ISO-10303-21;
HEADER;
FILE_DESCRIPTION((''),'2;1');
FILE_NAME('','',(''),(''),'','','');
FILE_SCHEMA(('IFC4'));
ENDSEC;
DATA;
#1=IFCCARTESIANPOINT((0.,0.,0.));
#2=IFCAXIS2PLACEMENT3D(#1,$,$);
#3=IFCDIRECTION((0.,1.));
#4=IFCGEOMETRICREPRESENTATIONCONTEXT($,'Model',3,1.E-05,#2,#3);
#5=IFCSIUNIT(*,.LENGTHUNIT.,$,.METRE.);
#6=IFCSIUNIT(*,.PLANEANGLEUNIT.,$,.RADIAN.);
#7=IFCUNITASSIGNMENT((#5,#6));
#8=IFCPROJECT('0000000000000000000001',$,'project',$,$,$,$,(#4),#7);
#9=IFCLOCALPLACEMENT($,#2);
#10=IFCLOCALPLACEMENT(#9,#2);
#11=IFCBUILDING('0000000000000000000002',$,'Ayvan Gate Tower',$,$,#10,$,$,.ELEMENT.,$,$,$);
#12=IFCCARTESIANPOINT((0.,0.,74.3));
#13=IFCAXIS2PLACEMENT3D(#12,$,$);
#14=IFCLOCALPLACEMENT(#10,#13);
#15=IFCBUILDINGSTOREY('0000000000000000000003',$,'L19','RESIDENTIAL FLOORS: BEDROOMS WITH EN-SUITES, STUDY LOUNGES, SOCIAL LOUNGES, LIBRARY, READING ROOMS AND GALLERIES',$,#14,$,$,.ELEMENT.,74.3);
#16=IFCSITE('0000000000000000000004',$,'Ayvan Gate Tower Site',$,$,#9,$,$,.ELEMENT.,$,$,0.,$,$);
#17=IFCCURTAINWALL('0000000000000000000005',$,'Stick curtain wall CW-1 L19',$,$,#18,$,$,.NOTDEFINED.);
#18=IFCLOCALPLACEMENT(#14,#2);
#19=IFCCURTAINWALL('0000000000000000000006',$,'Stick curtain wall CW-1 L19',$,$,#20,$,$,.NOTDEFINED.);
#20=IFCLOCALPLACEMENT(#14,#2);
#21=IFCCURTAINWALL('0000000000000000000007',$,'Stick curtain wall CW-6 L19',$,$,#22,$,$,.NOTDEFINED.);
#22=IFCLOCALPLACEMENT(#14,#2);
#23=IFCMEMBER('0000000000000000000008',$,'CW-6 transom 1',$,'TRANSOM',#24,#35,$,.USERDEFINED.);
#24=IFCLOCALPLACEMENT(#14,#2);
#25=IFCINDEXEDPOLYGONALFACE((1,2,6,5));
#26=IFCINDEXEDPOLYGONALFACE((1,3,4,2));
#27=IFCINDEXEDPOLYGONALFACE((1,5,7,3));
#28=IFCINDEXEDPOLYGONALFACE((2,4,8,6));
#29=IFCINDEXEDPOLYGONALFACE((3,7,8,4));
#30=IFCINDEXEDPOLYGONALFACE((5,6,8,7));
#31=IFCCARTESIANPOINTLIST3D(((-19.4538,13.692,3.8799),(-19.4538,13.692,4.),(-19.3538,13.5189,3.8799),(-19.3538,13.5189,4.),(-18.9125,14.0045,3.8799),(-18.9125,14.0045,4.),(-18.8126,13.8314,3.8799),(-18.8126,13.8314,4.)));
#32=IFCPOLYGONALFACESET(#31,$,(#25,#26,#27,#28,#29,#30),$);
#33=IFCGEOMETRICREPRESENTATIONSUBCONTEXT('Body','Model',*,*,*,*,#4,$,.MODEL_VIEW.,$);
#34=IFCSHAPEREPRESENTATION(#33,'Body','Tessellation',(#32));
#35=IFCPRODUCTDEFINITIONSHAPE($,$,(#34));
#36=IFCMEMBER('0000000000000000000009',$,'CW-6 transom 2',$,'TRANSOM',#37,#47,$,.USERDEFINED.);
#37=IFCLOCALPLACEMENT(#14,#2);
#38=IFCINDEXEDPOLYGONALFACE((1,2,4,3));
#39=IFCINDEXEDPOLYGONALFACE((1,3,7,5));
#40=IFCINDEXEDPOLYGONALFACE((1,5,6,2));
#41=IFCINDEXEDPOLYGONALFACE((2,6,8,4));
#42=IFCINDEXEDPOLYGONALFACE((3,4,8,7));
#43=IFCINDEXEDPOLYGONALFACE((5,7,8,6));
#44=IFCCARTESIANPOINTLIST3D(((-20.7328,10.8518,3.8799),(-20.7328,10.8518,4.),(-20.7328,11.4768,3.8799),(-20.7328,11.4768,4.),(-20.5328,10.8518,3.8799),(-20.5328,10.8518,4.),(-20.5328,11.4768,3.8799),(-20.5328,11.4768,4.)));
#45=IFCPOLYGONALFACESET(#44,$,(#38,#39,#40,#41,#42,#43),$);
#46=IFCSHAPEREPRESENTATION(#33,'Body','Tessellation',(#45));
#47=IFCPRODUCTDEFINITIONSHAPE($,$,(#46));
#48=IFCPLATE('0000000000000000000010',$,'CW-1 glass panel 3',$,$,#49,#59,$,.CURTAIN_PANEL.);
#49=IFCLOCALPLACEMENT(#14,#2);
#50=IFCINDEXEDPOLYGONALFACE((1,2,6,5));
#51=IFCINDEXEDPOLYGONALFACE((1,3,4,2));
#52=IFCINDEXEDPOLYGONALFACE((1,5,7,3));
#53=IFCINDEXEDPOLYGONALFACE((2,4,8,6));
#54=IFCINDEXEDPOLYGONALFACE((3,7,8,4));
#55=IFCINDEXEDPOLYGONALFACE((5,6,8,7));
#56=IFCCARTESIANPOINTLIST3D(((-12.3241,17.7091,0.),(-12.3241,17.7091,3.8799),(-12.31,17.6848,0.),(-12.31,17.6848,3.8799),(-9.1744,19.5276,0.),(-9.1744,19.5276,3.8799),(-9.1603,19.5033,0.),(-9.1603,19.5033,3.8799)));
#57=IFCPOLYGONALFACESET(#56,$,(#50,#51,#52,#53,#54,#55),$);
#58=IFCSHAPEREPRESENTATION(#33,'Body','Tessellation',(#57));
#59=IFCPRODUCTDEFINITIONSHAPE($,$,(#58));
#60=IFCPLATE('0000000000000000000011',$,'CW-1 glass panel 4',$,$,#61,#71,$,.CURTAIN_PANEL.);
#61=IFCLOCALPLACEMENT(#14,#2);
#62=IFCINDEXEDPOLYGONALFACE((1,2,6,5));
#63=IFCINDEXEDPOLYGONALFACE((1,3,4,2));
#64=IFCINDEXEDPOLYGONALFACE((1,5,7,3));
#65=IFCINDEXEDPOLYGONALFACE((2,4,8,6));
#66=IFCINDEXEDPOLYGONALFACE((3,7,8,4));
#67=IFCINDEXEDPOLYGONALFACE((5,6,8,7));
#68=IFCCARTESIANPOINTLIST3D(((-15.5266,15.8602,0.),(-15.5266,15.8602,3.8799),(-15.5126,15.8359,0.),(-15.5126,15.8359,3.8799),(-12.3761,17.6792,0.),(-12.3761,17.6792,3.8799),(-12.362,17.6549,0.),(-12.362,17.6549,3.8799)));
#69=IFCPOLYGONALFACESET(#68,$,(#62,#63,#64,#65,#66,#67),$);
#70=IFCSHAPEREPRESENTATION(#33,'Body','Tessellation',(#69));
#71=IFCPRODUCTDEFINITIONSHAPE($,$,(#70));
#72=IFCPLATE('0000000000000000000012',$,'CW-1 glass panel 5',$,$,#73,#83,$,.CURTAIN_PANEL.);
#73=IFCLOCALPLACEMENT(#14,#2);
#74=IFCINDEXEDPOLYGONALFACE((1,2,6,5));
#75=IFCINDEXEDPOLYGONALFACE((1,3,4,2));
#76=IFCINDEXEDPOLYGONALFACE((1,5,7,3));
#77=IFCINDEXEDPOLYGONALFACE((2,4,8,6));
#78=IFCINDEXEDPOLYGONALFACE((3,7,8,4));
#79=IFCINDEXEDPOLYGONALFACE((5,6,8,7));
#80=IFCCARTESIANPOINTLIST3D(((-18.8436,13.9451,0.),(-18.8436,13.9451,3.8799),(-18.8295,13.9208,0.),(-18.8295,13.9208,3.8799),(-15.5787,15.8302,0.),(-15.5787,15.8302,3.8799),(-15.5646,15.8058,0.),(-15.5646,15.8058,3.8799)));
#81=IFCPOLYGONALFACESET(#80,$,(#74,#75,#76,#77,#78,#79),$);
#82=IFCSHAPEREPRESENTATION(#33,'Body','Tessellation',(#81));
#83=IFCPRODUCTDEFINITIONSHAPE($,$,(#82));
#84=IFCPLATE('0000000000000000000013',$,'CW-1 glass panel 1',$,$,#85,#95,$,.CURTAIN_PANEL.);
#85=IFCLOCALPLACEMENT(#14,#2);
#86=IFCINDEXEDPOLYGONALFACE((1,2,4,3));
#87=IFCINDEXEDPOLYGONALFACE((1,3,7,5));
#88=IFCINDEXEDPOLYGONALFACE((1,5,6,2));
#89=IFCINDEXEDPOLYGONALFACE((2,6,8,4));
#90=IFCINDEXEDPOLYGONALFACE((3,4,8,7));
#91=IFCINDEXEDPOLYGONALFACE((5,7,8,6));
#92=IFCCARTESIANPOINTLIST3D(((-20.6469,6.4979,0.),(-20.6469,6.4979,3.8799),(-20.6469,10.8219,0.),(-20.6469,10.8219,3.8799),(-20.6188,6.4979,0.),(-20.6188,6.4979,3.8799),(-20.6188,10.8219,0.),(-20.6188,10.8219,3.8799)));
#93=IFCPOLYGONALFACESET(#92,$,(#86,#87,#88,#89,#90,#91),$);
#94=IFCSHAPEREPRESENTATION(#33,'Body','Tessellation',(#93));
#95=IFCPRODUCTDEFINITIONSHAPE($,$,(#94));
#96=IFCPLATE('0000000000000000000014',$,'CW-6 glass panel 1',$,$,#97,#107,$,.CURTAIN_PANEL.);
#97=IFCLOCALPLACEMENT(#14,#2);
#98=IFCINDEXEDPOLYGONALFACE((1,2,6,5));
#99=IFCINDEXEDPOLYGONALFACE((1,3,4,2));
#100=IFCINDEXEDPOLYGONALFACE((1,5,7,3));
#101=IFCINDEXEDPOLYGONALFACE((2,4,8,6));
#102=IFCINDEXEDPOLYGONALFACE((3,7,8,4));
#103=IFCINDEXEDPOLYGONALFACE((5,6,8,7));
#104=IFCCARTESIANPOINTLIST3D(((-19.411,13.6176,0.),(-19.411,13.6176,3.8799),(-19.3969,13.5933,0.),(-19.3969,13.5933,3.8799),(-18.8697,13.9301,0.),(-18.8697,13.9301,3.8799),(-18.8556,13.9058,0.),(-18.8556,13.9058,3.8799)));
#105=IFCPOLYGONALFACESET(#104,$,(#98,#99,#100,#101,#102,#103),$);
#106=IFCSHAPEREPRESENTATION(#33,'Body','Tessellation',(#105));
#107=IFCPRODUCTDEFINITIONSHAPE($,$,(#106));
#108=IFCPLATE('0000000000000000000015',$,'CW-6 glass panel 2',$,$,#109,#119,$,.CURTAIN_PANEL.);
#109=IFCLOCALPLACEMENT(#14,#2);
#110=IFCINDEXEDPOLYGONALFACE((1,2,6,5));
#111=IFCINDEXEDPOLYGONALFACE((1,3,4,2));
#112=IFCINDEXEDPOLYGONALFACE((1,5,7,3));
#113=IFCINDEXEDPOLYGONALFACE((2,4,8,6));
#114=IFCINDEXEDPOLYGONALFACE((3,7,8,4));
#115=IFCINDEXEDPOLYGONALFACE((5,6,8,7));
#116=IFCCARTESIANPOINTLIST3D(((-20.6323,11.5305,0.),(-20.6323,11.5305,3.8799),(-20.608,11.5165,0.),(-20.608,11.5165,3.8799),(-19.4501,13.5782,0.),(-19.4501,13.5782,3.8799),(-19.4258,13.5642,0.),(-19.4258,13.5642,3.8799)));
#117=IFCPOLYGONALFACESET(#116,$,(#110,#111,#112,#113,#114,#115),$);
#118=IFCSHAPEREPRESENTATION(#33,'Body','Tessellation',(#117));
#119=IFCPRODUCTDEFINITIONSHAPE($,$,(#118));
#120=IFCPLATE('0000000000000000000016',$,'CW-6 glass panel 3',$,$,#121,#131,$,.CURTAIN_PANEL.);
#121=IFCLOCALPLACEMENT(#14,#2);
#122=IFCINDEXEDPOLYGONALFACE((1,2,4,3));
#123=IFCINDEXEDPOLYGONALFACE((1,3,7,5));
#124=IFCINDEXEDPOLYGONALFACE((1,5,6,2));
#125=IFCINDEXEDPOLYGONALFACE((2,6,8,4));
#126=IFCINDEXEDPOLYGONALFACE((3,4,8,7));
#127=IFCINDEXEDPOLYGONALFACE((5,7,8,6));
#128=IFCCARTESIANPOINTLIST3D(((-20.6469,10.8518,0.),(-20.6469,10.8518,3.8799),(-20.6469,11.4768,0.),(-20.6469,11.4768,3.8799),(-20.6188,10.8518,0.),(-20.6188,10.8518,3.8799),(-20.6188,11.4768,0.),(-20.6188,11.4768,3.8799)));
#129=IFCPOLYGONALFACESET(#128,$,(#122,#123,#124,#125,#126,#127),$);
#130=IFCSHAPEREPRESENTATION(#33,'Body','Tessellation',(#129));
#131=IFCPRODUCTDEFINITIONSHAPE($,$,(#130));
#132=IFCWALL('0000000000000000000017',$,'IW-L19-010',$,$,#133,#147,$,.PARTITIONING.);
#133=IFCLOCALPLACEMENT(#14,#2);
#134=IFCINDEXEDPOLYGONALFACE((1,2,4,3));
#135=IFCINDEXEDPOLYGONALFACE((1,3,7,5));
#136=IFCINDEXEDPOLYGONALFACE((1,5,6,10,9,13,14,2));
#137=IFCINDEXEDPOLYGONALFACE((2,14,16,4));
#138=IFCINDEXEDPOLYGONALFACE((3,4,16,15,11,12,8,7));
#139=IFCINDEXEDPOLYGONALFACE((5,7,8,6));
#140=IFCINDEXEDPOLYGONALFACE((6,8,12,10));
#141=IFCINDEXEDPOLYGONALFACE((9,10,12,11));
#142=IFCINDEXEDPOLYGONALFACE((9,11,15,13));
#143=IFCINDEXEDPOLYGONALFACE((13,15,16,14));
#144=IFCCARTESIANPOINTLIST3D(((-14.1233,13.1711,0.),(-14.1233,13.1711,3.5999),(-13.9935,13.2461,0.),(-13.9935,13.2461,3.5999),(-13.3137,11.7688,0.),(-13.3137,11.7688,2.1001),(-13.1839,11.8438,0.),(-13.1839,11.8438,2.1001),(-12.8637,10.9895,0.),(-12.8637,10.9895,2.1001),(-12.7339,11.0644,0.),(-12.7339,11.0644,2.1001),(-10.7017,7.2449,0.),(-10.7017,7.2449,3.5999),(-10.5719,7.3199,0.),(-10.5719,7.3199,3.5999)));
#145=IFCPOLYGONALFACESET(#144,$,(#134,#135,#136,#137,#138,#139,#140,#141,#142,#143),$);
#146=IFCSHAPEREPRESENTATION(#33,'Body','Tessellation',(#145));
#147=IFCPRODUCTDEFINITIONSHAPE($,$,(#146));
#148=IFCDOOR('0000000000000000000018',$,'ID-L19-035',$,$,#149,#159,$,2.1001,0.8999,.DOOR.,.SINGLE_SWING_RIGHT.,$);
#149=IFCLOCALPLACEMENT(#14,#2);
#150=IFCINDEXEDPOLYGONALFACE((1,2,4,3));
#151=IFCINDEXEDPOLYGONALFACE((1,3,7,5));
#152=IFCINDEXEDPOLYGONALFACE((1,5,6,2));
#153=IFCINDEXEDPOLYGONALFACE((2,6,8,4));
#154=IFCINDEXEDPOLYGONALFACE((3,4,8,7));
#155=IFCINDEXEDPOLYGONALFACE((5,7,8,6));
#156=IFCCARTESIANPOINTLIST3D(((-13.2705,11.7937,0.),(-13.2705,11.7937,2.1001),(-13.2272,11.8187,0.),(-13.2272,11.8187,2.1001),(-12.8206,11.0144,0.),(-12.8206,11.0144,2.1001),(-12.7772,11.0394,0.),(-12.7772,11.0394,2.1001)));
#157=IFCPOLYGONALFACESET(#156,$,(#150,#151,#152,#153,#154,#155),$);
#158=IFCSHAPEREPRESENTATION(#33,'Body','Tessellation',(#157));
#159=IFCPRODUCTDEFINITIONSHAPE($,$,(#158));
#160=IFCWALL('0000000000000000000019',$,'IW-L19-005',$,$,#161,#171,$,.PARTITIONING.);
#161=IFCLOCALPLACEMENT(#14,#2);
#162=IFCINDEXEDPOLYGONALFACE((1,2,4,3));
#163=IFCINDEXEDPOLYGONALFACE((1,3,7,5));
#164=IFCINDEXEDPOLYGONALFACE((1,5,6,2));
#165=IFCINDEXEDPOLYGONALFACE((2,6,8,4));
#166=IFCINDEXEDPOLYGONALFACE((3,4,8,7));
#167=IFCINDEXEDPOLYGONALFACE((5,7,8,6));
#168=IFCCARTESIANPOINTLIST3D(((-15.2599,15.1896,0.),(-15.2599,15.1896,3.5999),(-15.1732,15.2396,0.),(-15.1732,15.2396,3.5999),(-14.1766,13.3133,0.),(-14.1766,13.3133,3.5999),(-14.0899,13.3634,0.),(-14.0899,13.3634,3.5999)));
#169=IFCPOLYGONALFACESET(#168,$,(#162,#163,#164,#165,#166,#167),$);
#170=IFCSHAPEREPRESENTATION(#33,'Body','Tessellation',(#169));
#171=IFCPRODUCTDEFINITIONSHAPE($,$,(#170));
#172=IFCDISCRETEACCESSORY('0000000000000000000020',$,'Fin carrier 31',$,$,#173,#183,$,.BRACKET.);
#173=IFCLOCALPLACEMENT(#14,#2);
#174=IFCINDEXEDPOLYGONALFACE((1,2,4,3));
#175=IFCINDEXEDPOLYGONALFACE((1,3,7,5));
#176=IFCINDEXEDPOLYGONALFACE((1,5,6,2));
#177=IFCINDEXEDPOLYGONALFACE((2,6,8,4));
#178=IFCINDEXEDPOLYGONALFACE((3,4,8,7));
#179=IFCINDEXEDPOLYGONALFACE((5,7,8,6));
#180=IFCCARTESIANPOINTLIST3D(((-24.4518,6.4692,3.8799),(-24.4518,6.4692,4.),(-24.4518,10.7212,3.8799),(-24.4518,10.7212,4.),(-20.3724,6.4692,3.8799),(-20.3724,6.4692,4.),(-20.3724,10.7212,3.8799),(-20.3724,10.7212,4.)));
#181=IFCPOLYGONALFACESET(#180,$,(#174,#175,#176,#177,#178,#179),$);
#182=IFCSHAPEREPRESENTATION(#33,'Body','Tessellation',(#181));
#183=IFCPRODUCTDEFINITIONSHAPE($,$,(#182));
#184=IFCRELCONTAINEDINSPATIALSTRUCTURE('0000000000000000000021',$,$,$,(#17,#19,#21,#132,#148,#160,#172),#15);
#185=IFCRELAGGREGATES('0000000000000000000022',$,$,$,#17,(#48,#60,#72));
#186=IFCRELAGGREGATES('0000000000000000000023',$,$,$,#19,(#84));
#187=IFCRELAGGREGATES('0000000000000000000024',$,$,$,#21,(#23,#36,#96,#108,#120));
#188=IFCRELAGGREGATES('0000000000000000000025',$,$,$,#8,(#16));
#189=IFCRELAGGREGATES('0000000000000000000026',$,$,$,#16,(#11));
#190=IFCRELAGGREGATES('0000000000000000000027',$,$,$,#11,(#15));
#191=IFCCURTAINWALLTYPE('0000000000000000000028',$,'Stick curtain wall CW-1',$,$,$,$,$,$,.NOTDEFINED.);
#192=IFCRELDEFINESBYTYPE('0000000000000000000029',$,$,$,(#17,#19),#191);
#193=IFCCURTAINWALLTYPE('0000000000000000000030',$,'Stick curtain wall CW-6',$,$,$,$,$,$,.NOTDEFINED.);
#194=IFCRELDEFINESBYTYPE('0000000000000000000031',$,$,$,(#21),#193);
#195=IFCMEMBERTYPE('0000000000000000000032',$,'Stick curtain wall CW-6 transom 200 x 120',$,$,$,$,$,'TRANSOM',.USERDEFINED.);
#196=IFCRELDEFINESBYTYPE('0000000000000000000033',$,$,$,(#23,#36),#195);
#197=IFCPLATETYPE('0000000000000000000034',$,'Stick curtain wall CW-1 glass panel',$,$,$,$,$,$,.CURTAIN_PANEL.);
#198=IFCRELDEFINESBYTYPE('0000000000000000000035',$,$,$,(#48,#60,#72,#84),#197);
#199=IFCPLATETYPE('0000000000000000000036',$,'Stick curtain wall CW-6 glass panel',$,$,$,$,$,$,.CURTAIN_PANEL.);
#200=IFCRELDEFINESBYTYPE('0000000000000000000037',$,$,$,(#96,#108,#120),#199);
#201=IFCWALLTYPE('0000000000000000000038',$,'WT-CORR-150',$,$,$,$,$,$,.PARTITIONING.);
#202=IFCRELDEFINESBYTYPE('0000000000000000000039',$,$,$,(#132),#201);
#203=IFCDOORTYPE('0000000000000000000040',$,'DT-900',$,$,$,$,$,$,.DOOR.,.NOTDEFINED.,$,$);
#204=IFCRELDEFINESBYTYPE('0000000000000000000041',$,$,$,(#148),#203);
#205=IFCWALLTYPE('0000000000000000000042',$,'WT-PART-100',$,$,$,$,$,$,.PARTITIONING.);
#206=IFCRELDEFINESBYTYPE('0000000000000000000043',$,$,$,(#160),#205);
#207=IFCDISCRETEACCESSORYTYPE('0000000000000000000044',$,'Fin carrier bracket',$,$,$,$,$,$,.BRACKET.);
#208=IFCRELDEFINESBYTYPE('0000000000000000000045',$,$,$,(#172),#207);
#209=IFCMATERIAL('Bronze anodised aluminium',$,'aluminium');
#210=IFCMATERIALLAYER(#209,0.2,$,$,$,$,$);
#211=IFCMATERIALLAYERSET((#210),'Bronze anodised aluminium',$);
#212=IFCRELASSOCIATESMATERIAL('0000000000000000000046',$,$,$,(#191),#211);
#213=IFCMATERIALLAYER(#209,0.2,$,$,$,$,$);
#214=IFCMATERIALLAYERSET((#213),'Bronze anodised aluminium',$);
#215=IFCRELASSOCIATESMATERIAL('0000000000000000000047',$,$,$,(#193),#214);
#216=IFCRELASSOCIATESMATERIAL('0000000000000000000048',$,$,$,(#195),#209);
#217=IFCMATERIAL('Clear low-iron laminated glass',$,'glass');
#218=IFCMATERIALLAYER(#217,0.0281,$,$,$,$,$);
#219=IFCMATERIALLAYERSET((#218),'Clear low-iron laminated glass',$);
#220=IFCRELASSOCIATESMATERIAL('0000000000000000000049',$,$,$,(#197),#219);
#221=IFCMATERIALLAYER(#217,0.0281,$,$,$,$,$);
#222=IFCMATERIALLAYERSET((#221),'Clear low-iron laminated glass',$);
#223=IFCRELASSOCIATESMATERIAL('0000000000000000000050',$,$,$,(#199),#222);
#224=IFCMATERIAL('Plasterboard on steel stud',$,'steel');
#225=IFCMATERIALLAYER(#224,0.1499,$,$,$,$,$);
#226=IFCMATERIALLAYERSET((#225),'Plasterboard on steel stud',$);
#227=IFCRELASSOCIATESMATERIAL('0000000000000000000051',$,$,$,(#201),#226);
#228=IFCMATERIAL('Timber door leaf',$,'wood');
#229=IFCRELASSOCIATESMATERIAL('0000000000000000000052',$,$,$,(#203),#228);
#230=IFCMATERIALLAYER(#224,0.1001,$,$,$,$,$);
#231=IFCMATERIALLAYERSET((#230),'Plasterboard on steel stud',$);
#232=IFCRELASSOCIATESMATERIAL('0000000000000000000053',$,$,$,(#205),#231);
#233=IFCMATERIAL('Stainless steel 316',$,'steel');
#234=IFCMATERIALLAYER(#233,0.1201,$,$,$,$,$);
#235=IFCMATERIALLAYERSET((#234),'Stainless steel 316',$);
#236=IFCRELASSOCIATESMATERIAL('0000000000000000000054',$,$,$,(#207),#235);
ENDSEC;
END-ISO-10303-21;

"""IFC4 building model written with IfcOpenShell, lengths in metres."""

from ifc_helpers import new_model, si_unit, direction, frame, frame_2d, origin, origin_2d, place, context, subcontext, project, spatial, rectangle, extrude, material, layer, layer_set, material_profile, profile_set, type_object, element, fill, aggregate, save


model = new_model("IFC4")

# Units and contexts
model_context = context("Model", 3, precision=1e-05, world=origin(), true_north=direction((0.0, 1.0)))
body_context = subcontext(model_context, "Body", "Model", "MODEL_VIEW")
ifc_project = project(units=[si_unit("LENGTHUNIT", "METRE"), si_unit("PLANEANGLEUNIT", "RADIAN")], contexts=[model_context])

# Site, building, storey
site_placement = place(None, origin())
site = spatial("IfcSite", under=ifc_project, at=site_placement, Name="Ayvan Gate Tower Site", CompositionType="ELEMENT", RefElevation=0.0)
building_placement = place(site_placement, origin())
building = spatial("IfcBuilding", under=site, at=building_placement, Name="Ayvan Gate Tower", CompositionType="ELEMENT")
storey_placement = place(building_placement, frame((0.0, 0.0, 74.3)))
storey = spatial("IfcBuildingStorey", under=building, at=storey_placement, Name="L19", Description="RESIDENTIAL FLOORS: BEDROOMS WITH EN-SUITES, STUDY LOUNGES, SOCIAL LOUNGES, LIBRARY, READING ROOMS AND GALLERIES", CompositionType="ELEMENT", Elevation=74.3)

# Curtain wall
ifc_material_1 = material(Name="Bronze anodised aluminium", Category="aluminium")
ifc_layer_1 = layer(ifc_material_1, 0.2)
ifc_layer_set_1 = layer_set([ifc_layer_1], Name="Bronze anodised aluminium")
curtain_wall_type_1 = type_object("IfcCurtainWallType", Name="Stick curtain wall CW-1", PredefinedType="NOTDEFINED", material=ifc_layer_set_1)
curtain_wall_1_placement = place(storey_placement, origin())
curtain_wall_1 = element("IfcCurtainWall", 1, at=curtain_wall_1_placement, inside=storey, type_object=curtain_wall_type_1, Name="Stick curtain wall CW-1 L19", PredefinedType="NOTDEFINED")

# Curtain wall
curtain_wall_2_placement = place(storey_placement, origin())
curtain_wall_2 = element("IfcCurtainWall", 2, at=curtain_wall_2_placement, inside=storey, type_object=curtain_wall_type_1, Name="Stick curtain wall CW-1 L19", PredefinedType="NOTDEFINED")

# Curtain wall, members
ifc_layer_2 = layer(ifc_material_1, 0.2)
ifc_layer_set_2 = layer_set([ifc_layer_2], Name="Bronze anodised aluminium")
curtain_wall_type_2 = type_object("IfcCurtainWallType", Name="Stick curtain wall CW-6", PredefinedType="NOTDEFINED", material=ifc_layer_set_2)
curtain_wall_3_placement = place(storey_placement, origin())
curtain_wall_3 = element("IfcCurtainWall", 3, at=curtain_wall_3_placement, inside=storey, type_object=curtain_wall_type_2, Name="Stick curtain wall CW-6 L19", PredefinedType="NOTDEFINED")
ifc_material_profile_1 = material_profile(ifc_material_1, rectangle(XDim=0.2, YDim=0.1201, at=origin_2d()), Name="Stick curtain wall CW-6 transom 200 x 120")
ifc_profile_set_1 = profile_set([ifc_material_profile_1], Name="Bronze anodised aluminium")
member_type_1 = type_object("IfcMemberType", Name="Stick curtain wall CW-6 transom 200 x 120", ElementType="TRANSOM", PredefinedType="USERDEFINED", material=ifc_profile_set_1)
member_1_placement = place(storey_placement, frame((-18.8625, 13.918, 3.9399), z_axis=(-0.866023, -0.500004, 0.0), x_axis=(0.500004, -0.866023, 0.0)))
member_1 = element("IfcMember", 4, at=member_1_placement, type_object=member_type_1, Name="CW-6 transom 1", ObjectType="TRANSOM", PredefinedType="USERDEFINED", context=body_context, shape_type="SweptSolid", body=[
    extrude(rectangle(XDim=0.2, YDim=0.1201, at=origin_2d()), origin(), (0.0, 0.0, 1.0), 0.625),
])
member_2_placement = place(storey_placement, frame((-20.6328, 11.4768, 3.9399), z_axis=(0.0, -1.0, 0.0), x_axis=(1.0, 0.0, 0.0)))
member_2 = element("IfcMember", 5, at=member_2_placement, type_object=member_type_1, Name="CW-6 transom 2", ObjectType="TRANSOM", PredefinedType="USERDEFINED", context=body_context, shape_type="SweptSolid", body=[
    extrude(rectangle(XDim=0.2, YDim=0.1201, at=origin_2d()), origin(), (0.0, 0.0, 1.0), 0.625),
])

# Plates
ifc_material_2 = material(Name="Clear low-iron laminated glass", Category="glass")
ifc_layer_3 = layer(ifc_material_2, 0.0281)
ifc_layer_set_3 = layer_set([ifc_layer_3], Name="Clear low-iron laminated glass")
plate_type_1 = type_object("IfcPlateType", Name="Stick curtain wall CW-1 glass panel", PredefinedType="CURTAIN_PANEL", material=ifc_layer_set_3)
plate_1_placement = place(storey_placement, frame((-10.7422, 18.6062, 0.0), z_axis=(0.0, 0.0, 1.0), x_axis=(-0.866025, -0.5, 0.0)))
plate_1 = element("IfcPlate", 6, at=plate_1_placement, type_object=plate_type_1, Name="CW-1 glass panel 3", PredefinedType="CURTAIN_PANEL", context=body_context, shape_type="SweptSolid", body=[
    extrude(rectangle(XDim=3.637, YDim=0.0281, at=origin_2d()), origin(), (0.0, 0.0, 1.0), 3.8799),
])
plate_2_placement = place(storey_placement, frame((-13.9443, 16.7576, 0.0), z_axis=(0.0, 0.0, 1.0), x_axis=(-0.866025, -0.5, 0.0)))
plate_2 = element("IfcPlate", 7, at=plate_2_placement, type_object=plate_type_1, Name="CW-1 glass panel 4", PredefinedType="CURTAIN_PANEL", context=body_context, shape_type="SweptSolid", body=[
    extrude(rectangle(XDim=3.6379, YDim=0.0281, at=origin_2d()), origin(), (0.0, 0.0, 1.0), 3.8799),
])
plate_3_placement = place(storey_placement, frame((-17.2041, 14.8755, 0.0), z_axis=(0.0, 0.0, 1.0), x_axis=(-0.866025, -0.5, 0.0)))
plate_3 = element("IfcPlate", 8, at=plate_3_placement, type_object=plate_type_1, Name="CW-1 glass panel 5", PredefinedType="CURTAIN_PANEL", context=body_context, shape_type="SweptSolid", body=[
    extrude(rectangle(XDim=3.77, YDim=0.0281, at=origin_2d()), origin(), (0.0, 0.0, 1.0), 3.8799),
])
aggregate(curtain_wall_1, [plate_1, plate_2, plate_3])
plate_4_placement = place(storey_placement, frame((-20.6328, 8.6599, 0.0), z_axis=(0.0, 0.0, 1.0), x_axis=(0.0, -1.0, 0.0)))
plate_4 = element("IfcPlate", 9, at=plate_4_placement, type_object=plate_type_1, Name="CW-1 glass panel 1", PredefinedType="CURTAIN_PANEL", context=body_context, shape_type="SweptSolid", body=[
    extrude(rectangle(XDim=4.324, YDim=0.0281, at=origin_2d()), origin(), (0.0, 0.0, 1.0), 3.8799),
])
aggregate(curtain_wall_2, [plate_4])
ifc_layer_4 = layer(ifc_material_2, 0.0281)
ifc_layer_set_4 = layer_set([ifc_layer_4], Name="Clear low-iron laminated glass")
plate_type_2 = type_object("IfcPlateType", Name="Stick curtain wall CW-6 glass panel", PredefinedType="CURTAIN_PANEL", material=ifc_layer_set_4)
plate_5_placement = place(storey_placement, frame((-19.1333, 13.7617, 0.0), z_axis=(0.0, 0.0, 1.0), x_axis=(-0.866025, -0.5, 0.0)))
plate_5 = element("IfcPlate", 10, at=plate_5_placement, type_object=plate_type_2, Name="CW-6 glass panel 1", PredefinedType="CURTAIN_PANEL", context=body_context, shape_type="SweptSolid", body=[
    extrude(rectangle(XDim=0.625, YDim=0.0281, at=origin_2d()), origin(), (0.0, 0.0, 1.0), 3.8799),
])
plate_6_placement = place(storey_placement, frame((-20.0291, 12.5474, 0.0), z_axis=(0.0, 0.0, 1.0), x_axis=(-0.5, -0.866025, 0.0)))
plate_6 = element("IfcPlate", 11, at=plate_6_placement, type_object=plate_type_2, Name="CW-6 glass panel 2", PredefinedType="CURTAIN_PANEL", context=body_context, shape_type="SweptSolid", body=[
    extrude(rectangle(XDim=2.3645, YDim=0.0281, at=origin_2d()), origin(), (0.0, 0.0, 1.0), 3.8799),
])
plate_7_placement = place(storey_placement, frame((-20.6328, 11.1643, 0.0), z_axis=(0.0, 0.0, 1.0), x_axis=(0.0, -1.0, 0.0)))
plate_7 = element("IfcPlate", 12, at=plate_7_placement, type_object=plate_type_2, Name="CW-6 glass panel 3", PredefinedType="CURTAIN_PANEL", context=body_context, shape_type="SweptSolid", body=[
    extrude(rectangle(XDim=0.625, YDim=0.0281, at=origin_2d()), origin(), (0.0, 0.0, 1.0), 3.8799),
])
aggregate(curtain_wall_3, [member_1, member_2, plate_5, plate_6, plate_7])

# Wall, opening, door
ifc_material_3 = material(Name="Plasterboard on steel stud", Category="steel")
ifc_layer_5 = layer(ifc_material_3, 0.1499)
ifc_layer_set_5 = layer_set([ifc_layer_5], Name="Plasterboard on steel stud")
wall_type_1 = type_object("IfcWallType", Name="WT-CORR-150", PredefinedType="PARTITIONING", material=ifc_layer_set_5)
wall_1_placement = place(storey_placement, frame((-14.0583, 13.2085, 0.0), z_axis=(0.0, 0.0, 1.0), x_axis=(0.500011, -0.866019, 0.0)))
wall_1 = element("IfcWall", 13, at=wall_1_placement, inside=storey, type_object=wall_type_1, Name="IW-L19-010", PredefinedType="PARTITIONING", context=body_context, shape_type="SweptSolid", body=[
    extrude(rectangle(XDim=6.843, YDim=0.1499, at=frame_2d((3.4214, 0.0))), origin(), (0.0, 0.0, 1.0), 3.5999),
])
opening_placement = place(wall_1_placement, frame((1.6191, 0.0, 0.0)))
opening = element("IfcOpeningElement", 14, at=opening_placement, cuts=wall_1, PredefinedType="OPENING", context=body_context, shape_type="SweptSolid", body=[
    extrude(rectangle(XDim=0.8999, YDim=2.1001, at=frame_2d((0.45, 1.05))), frame((0.0, 0.085, 0.0), z_axis=(0.0, -1.0, 0.0), x_axis=(1.0, 0.0, 0.0)), (0.0, 0.0, 1.0), 0.1699),
])
ifc_material_4 = material(Name="Timber door leaf", Category="wood")
door_type = type_object("IfcDoorType", Name="DT-900", OperationType="NOTDEFINED", PredefinedType="DOOR", material=ifc_material_4)
door_placement = place(opening_placement, origin())
door = element("IfcDoor", 15, at=door_placement, inside=storey, type_object=door_type, Name="ID-L19-035", OperationType="SINGLE_SWING_RIGHT", OverallHeight=2.1001, OverallWidth=0.8999, PredefinedType="DOOR", context=body_context, shape_type="SweptSolid", body=[
    extrude(rectangle(XDim=0.8999, YDim=2.1001, at=frame_2d((0.45, 1.05))), frame((0.0, 0.0249, 0.0), z_axis=(0.0, -1.0, 0.0), x_axis=(1.0, 0.0, 0.0)), (0.0, 0.0, 1.0), 0.05),
])
fill(opening, door)

# Wall
ifc_layer_6 = layer(ifc_material_3, 0.1001)
ifc_layer_set_6 = layer_set([ifc_layer_6], Name="Plasterboard on steel stud")
wall_type_2 = type_object("IfcWallType", Name="WT-PART-100", PredefinedType="PARTITIONING", material=ifc_layer_set_6)
wall_2_placement = place(storey_placement, frame((-15.2166, 15.2146, 0.0), z_axis=(0.0, 0.0, 1.0), x_axis=(0.500005, -0.866022, 0.0)))
element("IfcWall", 16, at=wall_2_placement, inside=storey, type_object=wall_type_2, Name="IW-L19-005", PredefinedType="PARTITIONING", context=body_context, shape_type="SweptSolid", body=[
    extrude(rectangle(XDim=2.1665, YDim=0.1001, at=frame_2d((1.0833, 0.0))), origin(), (0.0, 0.0, 1.0), 3.5999),
])

# Discrete accessory
ifc_material_5 = material(Name="Stainless steel 316", Category="steel")
ifc_layer_7 = layer(ifc_material_5, 0.1201)
ifc_layer_set_7 = layer_set([ifc_layer_7], Name="Stainless steel 316")
discrete_accessory_type = type_object("IfcDiscreteAccessoryType", Name="Fin carrier bracket", PredefinedType="BRACKET", material=ifc_layer_set_7)
discrete_accessory_1_placement = place(storey_placement, frame((-22.4121, 8.5952, 3.8799), z_axis=(0.0, 0.0, 1.0), x_axis=(0.0, -1.0, 0.0)))
element("IfcDiscreteAccessory", 17, at=discrete_accessory_1_placement, inside=storey, type_object=discrete_accessory_type, Name="Fin carrier 31", PredefinedType="BRACKET", context=body_context, shape_type="SweptSolid", body=[
    extrude(rectangle(XDim=4.252, YDim=4.0793, at=origin_2d()), origin(), (0.0, 0.0, 1.0), 0.1201),
])

save(model, "model.ifc")
